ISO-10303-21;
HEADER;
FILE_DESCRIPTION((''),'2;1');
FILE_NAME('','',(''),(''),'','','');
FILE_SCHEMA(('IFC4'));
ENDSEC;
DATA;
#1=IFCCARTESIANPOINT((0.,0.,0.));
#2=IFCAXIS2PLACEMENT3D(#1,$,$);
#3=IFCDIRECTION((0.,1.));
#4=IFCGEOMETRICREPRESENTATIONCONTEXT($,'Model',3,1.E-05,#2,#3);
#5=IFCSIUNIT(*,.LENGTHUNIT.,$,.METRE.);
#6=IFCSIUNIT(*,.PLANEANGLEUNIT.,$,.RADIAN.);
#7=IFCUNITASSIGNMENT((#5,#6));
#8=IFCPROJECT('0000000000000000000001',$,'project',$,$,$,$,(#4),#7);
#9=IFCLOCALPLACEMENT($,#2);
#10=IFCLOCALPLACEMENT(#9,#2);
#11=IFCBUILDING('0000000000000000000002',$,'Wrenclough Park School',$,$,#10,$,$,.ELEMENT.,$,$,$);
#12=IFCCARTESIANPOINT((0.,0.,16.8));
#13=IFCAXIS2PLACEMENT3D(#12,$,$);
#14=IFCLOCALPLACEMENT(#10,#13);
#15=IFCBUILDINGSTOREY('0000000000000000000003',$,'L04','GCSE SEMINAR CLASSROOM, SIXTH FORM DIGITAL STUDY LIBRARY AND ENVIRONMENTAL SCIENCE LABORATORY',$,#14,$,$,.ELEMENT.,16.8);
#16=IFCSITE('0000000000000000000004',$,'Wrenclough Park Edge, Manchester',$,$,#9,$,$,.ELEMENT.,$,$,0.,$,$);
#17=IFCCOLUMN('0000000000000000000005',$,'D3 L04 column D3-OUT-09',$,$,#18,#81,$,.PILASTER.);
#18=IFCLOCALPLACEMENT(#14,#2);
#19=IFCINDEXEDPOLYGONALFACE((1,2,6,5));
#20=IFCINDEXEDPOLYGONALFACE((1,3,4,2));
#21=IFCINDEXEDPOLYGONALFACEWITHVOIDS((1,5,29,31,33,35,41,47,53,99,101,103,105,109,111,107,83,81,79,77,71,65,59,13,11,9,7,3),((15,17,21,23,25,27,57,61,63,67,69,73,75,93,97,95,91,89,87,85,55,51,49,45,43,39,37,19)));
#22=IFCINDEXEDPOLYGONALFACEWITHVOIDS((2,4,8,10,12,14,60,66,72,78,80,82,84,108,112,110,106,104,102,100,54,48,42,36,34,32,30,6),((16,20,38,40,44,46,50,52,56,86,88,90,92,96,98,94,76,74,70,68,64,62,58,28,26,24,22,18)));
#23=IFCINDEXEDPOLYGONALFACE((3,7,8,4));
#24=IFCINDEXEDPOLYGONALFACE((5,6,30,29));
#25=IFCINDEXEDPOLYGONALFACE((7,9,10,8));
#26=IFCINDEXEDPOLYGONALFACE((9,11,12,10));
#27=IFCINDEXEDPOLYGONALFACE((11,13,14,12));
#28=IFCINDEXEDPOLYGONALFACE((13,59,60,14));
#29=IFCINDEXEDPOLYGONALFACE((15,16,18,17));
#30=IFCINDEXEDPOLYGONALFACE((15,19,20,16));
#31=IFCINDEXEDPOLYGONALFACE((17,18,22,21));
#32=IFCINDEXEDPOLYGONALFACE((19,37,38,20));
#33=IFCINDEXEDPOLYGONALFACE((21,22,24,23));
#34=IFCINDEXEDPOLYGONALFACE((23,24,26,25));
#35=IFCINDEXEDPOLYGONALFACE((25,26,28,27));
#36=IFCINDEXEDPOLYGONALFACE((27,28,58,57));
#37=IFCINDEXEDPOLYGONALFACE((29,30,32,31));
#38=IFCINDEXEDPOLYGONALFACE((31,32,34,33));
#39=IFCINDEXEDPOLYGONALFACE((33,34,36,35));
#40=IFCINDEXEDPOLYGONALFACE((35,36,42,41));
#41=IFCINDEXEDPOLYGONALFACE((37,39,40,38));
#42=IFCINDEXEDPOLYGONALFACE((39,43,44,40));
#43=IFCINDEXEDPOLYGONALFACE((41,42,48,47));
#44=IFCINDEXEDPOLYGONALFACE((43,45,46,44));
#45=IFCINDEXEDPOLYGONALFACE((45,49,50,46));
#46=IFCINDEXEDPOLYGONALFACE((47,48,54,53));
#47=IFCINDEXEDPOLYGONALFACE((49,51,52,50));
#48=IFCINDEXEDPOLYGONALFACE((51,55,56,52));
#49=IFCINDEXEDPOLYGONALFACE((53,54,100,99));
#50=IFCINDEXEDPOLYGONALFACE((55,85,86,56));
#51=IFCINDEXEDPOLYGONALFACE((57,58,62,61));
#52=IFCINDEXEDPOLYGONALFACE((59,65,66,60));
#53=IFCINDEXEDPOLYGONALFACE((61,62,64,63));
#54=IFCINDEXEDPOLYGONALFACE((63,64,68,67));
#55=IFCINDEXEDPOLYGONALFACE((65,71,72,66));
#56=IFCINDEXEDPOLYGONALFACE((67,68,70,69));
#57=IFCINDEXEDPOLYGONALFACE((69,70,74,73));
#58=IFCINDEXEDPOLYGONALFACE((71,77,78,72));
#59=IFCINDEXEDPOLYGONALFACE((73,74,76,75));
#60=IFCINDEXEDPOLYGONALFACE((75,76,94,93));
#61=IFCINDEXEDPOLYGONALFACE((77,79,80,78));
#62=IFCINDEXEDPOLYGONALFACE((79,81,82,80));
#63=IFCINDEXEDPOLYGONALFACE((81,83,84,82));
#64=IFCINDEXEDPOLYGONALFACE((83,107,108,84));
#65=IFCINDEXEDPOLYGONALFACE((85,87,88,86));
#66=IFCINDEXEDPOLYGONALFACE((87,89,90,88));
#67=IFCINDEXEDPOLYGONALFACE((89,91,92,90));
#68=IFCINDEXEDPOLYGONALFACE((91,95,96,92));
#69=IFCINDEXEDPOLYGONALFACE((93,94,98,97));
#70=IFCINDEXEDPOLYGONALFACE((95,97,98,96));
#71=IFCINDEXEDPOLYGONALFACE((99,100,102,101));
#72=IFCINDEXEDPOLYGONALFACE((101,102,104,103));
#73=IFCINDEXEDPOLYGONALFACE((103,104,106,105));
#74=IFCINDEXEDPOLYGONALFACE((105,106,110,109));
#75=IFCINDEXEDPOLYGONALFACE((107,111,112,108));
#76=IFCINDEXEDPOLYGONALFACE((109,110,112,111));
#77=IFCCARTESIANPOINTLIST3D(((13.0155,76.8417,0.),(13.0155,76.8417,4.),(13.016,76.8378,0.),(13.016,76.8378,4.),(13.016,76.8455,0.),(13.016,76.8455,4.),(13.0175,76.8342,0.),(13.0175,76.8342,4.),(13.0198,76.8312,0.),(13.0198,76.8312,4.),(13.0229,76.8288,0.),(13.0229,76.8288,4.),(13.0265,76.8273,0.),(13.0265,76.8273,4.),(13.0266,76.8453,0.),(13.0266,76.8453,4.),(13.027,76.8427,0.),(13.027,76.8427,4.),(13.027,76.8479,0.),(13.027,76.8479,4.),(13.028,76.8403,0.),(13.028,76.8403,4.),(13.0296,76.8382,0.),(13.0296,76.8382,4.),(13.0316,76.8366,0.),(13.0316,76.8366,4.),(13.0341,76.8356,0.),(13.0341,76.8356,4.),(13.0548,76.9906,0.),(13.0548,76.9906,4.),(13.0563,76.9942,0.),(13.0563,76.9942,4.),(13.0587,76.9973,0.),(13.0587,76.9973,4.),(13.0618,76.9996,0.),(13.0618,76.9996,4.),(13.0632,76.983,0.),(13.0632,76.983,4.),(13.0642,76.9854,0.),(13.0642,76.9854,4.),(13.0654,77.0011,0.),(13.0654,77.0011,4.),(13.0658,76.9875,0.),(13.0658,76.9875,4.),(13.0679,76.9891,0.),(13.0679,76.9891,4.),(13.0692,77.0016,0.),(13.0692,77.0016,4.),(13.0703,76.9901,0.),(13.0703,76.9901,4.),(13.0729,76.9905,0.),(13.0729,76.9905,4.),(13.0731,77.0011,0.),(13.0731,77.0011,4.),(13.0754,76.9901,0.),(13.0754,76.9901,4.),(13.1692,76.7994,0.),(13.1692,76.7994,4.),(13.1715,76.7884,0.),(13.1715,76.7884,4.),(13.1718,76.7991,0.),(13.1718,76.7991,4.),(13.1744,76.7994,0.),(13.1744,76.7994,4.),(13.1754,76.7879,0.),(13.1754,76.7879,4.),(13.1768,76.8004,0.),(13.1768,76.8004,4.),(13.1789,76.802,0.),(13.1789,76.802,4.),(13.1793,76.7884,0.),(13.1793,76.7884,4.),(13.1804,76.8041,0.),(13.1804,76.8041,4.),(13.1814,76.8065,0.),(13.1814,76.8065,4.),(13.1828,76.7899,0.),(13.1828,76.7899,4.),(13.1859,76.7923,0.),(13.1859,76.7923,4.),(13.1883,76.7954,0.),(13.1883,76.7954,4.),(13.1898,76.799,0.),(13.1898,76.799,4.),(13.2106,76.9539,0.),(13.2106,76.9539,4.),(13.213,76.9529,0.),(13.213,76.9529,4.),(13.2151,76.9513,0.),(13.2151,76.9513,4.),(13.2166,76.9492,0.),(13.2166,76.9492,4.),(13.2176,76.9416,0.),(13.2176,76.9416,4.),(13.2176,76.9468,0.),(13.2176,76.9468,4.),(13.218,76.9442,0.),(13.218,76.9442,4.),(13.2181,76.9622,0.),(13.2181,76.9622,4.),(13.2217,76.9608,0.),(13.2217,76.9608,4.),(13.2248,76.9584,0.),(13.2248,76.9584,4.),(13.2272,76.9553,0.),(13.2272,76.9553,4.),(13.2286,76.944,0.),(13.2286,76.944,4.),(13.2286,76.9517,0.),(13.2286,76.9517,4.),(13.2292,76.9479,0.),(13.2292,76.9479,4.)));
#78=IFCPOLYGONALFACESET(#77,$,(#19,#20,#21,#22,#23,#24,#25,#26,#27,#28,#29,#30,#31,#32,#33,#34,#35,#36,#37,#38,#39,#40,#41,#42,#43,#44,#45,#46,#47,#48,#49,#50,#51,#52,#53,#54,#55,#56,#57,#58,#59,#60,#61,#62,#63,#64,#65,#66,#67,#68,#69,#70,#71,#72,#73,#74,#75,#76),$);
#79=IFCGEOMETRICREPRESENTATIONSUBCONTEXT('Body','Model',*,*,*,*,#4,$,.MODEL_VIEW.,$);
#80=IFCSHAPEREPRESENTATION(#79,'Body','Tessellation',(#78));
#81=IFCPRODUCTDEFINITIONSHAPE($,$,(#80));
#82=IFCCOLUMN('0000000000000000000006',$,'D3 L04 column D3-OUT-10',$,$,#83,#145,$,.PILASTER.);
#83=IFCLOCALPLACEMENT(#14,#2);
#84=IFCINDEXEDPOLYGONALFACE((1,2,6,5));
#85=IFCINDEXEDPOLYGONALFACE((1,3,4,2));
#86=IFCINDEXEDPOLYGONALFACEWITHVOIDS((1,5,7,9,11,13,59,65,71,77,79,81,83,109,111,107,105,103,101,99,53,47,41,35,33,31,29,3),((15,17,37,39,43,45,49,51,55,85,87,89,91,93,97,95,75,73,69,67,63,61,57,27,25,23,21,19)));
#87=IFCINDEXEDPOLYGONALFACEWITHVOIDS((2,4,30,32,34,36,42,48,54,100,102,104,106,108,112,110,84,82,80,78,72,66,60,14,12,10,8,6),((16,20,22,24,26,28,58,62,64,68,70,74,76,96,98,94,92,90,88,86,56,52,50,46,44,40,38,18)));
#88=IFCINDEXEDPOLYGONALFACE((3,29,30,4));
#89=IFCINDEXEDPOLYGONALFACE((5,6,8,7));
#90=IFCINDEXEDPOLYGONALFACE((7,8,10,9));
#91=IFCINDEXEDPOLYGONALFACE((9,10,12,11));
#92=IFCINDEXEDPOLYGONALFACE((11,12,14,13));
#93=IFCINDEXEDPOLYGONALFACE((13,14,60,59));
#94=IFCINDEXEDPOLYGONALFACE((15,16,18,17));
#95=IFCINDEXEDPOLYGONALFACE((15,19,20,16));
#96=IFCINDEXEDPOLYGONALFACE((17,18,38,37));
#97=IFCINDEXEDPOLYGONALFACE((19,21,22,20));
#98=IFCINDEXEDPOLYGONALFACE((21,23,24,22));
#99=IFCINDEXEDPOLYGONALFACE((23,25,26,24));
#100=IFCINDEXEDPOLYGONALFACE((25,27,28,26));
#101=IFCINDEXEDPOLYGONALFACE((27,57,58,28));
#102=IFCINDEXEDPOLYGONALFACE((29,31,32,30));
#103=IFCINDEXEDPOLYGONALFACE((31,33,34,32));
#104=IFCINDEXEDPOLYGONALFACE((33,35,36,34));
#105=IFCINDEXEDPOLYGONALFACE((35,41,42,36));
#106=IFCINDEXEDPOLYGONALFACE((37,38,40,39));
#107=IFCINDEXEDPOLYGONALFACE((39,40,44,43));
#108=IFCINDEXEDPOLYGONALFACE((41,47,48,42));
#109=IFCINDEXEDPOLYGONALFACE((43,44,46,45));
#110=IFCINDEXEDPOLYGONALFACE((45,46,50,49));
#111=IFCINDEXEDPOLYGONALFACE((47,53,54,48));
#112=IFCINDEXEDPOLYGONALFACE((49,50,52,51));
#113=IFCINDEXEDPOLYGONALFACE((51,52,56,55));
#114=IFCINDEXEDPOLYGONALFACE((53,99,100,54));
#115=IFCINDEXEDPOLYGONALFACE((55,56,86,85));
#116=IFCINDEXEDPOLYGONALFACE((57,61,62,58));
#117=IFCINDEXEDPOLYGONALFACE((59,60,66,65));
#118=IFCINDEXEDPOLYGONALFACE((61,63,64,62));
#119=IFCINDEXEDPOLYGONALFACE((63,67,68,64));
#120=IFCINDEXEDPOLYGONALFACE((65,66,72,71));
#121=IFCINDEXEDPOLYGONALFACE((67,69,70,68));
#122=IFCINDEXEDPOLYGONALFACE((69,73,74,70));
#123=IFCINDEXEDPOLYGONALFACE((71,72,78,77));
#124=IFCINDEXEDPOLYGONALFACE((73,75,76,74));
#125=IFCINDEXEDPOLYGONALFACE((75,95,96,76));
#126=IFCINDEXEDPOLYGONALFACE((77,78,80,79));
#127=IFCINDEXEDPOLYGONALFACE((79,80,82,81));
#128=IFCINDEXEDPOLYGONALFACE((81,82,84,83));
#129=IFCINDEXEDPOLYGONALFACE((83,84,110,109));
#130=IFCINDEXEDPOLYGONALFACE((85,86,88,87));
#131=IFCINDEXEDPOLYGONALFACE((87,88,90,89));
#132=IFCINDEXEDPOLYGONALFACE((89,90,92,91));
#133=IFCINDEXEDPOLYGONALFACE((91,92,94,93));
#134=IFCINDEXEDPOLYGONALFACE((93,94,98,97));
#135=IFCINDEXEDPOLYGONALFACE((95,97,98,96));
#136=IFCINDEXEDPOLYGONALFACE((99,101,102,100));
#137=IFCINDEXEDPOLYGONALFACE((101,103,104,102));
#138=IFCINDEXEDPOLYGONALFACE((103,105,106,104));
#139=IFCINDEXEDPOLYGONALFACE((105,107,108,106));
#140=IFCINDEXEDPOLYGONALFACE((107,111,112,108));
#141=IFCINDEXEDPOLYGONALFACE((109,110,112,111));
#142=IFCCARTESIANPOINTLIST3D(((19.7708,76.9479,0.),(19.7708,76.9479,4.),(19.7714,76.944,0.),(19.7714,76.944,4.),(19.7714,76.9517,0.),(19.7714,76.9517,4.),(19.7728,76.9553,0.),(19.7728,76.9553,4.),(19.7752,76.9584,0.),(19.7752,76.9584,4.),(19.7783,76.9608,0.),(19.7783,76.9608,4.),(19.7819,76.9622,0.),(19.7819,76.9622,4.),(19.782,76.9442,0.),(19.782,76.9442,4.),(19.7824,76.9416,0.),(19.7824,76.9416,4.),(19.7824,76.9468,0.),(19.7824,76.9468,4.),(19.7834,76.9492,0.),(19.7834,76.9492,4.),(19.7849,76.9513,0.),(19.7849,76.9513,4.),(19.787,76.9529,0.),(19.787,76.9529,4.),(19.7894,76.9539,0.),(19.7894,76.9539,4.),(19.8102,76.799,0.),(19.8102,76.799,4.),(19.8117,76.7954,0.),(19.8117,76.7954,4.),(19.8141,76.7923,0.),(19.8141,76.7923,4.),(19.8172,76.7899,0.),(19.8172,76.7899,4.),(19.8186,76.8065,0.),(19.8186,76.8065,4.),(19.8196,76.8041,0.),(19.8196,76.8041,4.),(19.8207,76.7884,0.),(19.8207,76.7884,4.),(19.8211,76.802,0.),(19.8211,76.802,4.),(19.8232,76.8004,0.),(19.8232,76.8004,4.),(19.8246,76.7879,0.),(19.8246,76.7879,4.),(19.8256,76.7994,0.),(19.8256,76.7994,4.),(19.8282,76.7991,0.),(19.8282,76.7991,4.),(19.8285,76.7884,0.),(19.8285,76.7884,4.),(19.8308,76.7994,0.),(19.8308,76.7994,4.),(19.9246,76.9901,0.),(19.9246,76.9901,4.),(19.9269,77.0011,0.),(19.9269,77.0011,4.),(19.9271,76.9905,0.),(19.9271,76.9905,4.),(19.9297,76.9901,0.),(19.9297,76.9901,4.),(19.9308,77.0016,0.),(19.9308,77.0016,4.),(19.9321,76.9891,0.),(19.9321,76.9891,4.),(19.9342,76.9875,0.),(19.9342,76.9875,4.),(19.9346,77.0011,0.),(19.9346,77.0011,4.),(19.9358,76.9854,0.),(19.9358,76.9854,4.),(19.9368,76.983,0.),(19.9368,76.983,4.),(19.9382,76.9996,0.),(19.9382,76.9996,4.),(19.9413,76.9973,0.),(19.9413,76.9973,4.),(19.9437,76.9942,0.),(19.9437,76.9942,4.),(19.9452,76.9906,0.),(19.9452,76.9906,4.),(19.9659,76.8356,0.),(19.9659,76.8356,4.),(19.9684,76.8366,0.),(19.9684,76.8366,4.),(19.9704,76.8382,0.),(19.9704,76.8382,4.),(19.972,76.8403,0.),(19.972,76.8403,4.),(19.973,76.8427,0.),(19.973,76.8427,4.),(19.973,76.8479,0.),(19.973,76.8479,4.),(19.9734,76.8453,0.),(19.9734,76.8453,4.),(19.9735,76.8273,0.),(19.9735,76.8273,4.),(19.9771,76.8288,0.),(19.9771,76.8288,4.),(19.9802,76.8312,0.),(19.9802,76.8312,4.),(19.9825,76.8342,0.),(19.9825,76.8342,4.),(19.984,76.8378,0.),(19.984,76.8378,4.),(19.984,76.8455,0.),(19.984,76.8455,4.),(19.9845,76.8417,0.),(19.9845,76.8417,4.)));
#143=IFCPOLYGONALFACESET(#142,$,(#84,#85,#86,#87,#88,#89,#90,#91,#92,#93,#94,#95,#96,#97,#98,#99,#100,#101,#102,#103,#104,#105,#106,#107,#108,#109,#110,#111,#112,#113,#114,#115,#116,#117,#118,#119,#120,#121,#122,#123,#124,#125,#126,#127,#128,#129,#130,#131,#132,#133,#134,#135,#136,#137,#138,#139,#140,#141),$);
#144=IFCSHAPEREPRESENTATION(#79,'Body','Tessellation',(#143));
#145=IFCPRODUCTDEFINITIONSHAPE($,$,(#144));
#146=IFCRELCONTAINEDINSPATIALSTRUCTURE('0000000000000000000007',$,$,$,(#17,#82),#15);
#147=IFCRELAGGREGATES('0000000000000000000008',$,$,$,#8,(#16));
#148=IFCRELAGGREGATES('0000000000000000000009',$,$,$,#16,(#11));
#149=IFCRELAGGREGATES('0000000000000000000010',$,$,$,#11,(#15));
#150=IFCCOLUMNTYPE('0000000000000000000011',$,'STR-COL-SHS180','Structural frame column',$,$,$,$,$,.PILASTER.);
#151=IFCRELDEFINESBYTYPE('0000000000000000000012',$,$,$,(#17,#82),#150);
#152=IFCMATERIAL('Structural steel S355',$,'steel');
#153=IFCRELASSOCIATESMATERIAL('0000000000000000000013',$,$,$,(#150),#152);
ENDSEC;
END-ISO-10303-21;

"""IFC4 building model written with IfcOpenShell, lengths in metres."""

from ifc_helpers import new_model, si_unit, direction, frame, origin, origin_2d, place, context, subcontext, project, spatial, hollow_rectangle, extrude, material, material_profile, profile_set, type_object, element, save


model = new_model("IFC4")

# Units and contexts
model_context = context("Model", 3, precision=1e-05, world=origin(), true_north=direction((0.0, 1.0)))
body_context = subcontext(model_context, "Body", "Model", "MODEL_VIEW")
ifc_project = project(units=[si_unit("LENGTHUNIT", "METRE"), si_unit("PLANEANGLEUNIT", "RADIAN")], contexts=[model_context])

# Site, building, storey
site_placement = place(None, origin())
site = spatial("IfcSite", under=ifc_project, at=site_placement, Name="Wrenclough Park Edge, Manchester", CompositionType="ELEMENT", RefElevation=0.0)
building_placement = place(site_placement, origin())
building = spatial("IfcBuilding", under=site, at=building_placement, Name="Wrenclough Park School", CompositionType="ELEMENT")
storey_placement = place(building_placement, frame((0.0, 0.0, 16.8)))
storey = spatial("IfcBuildingStorey", under=building, at=storey_placement, Name="L04", Description="GCSE SEMINAR CLASSROOM, SIXTH FORM DIGITAL STUDY LIBRARY AND ENVIRONMENTAL SCIENCE LABORATORY", CompositionType="ELEMENT", Elevation=16.8)

# Columns
ifc_material_1 = material(Name="Structural steel S355", Category="steel")
ifc_material_profile_1 = material_profile(ifc_material_1, hollow_rectangle(XDim=0.1799, YDim=0.1799, WallThickness=0.01, InnerFilletRadius=0.01, OuterFilletRadius=0.0149, at=origin_2d()), Name="SHS 180x180x10.0")
ifc_profile_set_1 = profile_set([ifc_material_profile_1], Name="Structural steel S355")
column_type = type_object("IfcColumnType", Name="STR-COL-SHS180", Description="Structural frame column", PredefinedType="PILASTER", material=ifc_profile_set_1)
for number, where, z_axis, x_axis, name in (
    (1, (13.1223, 76.8948, 0.0), (0.0, 0.0, 1.0), (0.965926, -0.258819, 0.0), "D3 L04 column D3-OUT-09"),
    (2, (19.8777, 76.8948, 0.0), (0.0, 0.0, 1.0), (0.965926, 0.258819, 0.0), "D3 L04 column D3-OUT-10"),
):
    element("IfcColumn", number, at=place(storey_placement, frame(where, z_axis=z_axis, x_axis=x_axis)), inside=storey, type_object=column_type, Name=name, PredefinedType="PILASTER", context=body_context, shape_type="SweptSolid", body=[
        extrude(hollow_rectangle(XDim=0.1799, YDim=0.1799, WallThickness=0.01, InnerFilletRadius=0.01, OuterFilletRadius=0.0149, at=origin_2d()), origin(), (0.0, 0.0, 1.0), 4.0),
    ])

save(model, "model.ifc")
